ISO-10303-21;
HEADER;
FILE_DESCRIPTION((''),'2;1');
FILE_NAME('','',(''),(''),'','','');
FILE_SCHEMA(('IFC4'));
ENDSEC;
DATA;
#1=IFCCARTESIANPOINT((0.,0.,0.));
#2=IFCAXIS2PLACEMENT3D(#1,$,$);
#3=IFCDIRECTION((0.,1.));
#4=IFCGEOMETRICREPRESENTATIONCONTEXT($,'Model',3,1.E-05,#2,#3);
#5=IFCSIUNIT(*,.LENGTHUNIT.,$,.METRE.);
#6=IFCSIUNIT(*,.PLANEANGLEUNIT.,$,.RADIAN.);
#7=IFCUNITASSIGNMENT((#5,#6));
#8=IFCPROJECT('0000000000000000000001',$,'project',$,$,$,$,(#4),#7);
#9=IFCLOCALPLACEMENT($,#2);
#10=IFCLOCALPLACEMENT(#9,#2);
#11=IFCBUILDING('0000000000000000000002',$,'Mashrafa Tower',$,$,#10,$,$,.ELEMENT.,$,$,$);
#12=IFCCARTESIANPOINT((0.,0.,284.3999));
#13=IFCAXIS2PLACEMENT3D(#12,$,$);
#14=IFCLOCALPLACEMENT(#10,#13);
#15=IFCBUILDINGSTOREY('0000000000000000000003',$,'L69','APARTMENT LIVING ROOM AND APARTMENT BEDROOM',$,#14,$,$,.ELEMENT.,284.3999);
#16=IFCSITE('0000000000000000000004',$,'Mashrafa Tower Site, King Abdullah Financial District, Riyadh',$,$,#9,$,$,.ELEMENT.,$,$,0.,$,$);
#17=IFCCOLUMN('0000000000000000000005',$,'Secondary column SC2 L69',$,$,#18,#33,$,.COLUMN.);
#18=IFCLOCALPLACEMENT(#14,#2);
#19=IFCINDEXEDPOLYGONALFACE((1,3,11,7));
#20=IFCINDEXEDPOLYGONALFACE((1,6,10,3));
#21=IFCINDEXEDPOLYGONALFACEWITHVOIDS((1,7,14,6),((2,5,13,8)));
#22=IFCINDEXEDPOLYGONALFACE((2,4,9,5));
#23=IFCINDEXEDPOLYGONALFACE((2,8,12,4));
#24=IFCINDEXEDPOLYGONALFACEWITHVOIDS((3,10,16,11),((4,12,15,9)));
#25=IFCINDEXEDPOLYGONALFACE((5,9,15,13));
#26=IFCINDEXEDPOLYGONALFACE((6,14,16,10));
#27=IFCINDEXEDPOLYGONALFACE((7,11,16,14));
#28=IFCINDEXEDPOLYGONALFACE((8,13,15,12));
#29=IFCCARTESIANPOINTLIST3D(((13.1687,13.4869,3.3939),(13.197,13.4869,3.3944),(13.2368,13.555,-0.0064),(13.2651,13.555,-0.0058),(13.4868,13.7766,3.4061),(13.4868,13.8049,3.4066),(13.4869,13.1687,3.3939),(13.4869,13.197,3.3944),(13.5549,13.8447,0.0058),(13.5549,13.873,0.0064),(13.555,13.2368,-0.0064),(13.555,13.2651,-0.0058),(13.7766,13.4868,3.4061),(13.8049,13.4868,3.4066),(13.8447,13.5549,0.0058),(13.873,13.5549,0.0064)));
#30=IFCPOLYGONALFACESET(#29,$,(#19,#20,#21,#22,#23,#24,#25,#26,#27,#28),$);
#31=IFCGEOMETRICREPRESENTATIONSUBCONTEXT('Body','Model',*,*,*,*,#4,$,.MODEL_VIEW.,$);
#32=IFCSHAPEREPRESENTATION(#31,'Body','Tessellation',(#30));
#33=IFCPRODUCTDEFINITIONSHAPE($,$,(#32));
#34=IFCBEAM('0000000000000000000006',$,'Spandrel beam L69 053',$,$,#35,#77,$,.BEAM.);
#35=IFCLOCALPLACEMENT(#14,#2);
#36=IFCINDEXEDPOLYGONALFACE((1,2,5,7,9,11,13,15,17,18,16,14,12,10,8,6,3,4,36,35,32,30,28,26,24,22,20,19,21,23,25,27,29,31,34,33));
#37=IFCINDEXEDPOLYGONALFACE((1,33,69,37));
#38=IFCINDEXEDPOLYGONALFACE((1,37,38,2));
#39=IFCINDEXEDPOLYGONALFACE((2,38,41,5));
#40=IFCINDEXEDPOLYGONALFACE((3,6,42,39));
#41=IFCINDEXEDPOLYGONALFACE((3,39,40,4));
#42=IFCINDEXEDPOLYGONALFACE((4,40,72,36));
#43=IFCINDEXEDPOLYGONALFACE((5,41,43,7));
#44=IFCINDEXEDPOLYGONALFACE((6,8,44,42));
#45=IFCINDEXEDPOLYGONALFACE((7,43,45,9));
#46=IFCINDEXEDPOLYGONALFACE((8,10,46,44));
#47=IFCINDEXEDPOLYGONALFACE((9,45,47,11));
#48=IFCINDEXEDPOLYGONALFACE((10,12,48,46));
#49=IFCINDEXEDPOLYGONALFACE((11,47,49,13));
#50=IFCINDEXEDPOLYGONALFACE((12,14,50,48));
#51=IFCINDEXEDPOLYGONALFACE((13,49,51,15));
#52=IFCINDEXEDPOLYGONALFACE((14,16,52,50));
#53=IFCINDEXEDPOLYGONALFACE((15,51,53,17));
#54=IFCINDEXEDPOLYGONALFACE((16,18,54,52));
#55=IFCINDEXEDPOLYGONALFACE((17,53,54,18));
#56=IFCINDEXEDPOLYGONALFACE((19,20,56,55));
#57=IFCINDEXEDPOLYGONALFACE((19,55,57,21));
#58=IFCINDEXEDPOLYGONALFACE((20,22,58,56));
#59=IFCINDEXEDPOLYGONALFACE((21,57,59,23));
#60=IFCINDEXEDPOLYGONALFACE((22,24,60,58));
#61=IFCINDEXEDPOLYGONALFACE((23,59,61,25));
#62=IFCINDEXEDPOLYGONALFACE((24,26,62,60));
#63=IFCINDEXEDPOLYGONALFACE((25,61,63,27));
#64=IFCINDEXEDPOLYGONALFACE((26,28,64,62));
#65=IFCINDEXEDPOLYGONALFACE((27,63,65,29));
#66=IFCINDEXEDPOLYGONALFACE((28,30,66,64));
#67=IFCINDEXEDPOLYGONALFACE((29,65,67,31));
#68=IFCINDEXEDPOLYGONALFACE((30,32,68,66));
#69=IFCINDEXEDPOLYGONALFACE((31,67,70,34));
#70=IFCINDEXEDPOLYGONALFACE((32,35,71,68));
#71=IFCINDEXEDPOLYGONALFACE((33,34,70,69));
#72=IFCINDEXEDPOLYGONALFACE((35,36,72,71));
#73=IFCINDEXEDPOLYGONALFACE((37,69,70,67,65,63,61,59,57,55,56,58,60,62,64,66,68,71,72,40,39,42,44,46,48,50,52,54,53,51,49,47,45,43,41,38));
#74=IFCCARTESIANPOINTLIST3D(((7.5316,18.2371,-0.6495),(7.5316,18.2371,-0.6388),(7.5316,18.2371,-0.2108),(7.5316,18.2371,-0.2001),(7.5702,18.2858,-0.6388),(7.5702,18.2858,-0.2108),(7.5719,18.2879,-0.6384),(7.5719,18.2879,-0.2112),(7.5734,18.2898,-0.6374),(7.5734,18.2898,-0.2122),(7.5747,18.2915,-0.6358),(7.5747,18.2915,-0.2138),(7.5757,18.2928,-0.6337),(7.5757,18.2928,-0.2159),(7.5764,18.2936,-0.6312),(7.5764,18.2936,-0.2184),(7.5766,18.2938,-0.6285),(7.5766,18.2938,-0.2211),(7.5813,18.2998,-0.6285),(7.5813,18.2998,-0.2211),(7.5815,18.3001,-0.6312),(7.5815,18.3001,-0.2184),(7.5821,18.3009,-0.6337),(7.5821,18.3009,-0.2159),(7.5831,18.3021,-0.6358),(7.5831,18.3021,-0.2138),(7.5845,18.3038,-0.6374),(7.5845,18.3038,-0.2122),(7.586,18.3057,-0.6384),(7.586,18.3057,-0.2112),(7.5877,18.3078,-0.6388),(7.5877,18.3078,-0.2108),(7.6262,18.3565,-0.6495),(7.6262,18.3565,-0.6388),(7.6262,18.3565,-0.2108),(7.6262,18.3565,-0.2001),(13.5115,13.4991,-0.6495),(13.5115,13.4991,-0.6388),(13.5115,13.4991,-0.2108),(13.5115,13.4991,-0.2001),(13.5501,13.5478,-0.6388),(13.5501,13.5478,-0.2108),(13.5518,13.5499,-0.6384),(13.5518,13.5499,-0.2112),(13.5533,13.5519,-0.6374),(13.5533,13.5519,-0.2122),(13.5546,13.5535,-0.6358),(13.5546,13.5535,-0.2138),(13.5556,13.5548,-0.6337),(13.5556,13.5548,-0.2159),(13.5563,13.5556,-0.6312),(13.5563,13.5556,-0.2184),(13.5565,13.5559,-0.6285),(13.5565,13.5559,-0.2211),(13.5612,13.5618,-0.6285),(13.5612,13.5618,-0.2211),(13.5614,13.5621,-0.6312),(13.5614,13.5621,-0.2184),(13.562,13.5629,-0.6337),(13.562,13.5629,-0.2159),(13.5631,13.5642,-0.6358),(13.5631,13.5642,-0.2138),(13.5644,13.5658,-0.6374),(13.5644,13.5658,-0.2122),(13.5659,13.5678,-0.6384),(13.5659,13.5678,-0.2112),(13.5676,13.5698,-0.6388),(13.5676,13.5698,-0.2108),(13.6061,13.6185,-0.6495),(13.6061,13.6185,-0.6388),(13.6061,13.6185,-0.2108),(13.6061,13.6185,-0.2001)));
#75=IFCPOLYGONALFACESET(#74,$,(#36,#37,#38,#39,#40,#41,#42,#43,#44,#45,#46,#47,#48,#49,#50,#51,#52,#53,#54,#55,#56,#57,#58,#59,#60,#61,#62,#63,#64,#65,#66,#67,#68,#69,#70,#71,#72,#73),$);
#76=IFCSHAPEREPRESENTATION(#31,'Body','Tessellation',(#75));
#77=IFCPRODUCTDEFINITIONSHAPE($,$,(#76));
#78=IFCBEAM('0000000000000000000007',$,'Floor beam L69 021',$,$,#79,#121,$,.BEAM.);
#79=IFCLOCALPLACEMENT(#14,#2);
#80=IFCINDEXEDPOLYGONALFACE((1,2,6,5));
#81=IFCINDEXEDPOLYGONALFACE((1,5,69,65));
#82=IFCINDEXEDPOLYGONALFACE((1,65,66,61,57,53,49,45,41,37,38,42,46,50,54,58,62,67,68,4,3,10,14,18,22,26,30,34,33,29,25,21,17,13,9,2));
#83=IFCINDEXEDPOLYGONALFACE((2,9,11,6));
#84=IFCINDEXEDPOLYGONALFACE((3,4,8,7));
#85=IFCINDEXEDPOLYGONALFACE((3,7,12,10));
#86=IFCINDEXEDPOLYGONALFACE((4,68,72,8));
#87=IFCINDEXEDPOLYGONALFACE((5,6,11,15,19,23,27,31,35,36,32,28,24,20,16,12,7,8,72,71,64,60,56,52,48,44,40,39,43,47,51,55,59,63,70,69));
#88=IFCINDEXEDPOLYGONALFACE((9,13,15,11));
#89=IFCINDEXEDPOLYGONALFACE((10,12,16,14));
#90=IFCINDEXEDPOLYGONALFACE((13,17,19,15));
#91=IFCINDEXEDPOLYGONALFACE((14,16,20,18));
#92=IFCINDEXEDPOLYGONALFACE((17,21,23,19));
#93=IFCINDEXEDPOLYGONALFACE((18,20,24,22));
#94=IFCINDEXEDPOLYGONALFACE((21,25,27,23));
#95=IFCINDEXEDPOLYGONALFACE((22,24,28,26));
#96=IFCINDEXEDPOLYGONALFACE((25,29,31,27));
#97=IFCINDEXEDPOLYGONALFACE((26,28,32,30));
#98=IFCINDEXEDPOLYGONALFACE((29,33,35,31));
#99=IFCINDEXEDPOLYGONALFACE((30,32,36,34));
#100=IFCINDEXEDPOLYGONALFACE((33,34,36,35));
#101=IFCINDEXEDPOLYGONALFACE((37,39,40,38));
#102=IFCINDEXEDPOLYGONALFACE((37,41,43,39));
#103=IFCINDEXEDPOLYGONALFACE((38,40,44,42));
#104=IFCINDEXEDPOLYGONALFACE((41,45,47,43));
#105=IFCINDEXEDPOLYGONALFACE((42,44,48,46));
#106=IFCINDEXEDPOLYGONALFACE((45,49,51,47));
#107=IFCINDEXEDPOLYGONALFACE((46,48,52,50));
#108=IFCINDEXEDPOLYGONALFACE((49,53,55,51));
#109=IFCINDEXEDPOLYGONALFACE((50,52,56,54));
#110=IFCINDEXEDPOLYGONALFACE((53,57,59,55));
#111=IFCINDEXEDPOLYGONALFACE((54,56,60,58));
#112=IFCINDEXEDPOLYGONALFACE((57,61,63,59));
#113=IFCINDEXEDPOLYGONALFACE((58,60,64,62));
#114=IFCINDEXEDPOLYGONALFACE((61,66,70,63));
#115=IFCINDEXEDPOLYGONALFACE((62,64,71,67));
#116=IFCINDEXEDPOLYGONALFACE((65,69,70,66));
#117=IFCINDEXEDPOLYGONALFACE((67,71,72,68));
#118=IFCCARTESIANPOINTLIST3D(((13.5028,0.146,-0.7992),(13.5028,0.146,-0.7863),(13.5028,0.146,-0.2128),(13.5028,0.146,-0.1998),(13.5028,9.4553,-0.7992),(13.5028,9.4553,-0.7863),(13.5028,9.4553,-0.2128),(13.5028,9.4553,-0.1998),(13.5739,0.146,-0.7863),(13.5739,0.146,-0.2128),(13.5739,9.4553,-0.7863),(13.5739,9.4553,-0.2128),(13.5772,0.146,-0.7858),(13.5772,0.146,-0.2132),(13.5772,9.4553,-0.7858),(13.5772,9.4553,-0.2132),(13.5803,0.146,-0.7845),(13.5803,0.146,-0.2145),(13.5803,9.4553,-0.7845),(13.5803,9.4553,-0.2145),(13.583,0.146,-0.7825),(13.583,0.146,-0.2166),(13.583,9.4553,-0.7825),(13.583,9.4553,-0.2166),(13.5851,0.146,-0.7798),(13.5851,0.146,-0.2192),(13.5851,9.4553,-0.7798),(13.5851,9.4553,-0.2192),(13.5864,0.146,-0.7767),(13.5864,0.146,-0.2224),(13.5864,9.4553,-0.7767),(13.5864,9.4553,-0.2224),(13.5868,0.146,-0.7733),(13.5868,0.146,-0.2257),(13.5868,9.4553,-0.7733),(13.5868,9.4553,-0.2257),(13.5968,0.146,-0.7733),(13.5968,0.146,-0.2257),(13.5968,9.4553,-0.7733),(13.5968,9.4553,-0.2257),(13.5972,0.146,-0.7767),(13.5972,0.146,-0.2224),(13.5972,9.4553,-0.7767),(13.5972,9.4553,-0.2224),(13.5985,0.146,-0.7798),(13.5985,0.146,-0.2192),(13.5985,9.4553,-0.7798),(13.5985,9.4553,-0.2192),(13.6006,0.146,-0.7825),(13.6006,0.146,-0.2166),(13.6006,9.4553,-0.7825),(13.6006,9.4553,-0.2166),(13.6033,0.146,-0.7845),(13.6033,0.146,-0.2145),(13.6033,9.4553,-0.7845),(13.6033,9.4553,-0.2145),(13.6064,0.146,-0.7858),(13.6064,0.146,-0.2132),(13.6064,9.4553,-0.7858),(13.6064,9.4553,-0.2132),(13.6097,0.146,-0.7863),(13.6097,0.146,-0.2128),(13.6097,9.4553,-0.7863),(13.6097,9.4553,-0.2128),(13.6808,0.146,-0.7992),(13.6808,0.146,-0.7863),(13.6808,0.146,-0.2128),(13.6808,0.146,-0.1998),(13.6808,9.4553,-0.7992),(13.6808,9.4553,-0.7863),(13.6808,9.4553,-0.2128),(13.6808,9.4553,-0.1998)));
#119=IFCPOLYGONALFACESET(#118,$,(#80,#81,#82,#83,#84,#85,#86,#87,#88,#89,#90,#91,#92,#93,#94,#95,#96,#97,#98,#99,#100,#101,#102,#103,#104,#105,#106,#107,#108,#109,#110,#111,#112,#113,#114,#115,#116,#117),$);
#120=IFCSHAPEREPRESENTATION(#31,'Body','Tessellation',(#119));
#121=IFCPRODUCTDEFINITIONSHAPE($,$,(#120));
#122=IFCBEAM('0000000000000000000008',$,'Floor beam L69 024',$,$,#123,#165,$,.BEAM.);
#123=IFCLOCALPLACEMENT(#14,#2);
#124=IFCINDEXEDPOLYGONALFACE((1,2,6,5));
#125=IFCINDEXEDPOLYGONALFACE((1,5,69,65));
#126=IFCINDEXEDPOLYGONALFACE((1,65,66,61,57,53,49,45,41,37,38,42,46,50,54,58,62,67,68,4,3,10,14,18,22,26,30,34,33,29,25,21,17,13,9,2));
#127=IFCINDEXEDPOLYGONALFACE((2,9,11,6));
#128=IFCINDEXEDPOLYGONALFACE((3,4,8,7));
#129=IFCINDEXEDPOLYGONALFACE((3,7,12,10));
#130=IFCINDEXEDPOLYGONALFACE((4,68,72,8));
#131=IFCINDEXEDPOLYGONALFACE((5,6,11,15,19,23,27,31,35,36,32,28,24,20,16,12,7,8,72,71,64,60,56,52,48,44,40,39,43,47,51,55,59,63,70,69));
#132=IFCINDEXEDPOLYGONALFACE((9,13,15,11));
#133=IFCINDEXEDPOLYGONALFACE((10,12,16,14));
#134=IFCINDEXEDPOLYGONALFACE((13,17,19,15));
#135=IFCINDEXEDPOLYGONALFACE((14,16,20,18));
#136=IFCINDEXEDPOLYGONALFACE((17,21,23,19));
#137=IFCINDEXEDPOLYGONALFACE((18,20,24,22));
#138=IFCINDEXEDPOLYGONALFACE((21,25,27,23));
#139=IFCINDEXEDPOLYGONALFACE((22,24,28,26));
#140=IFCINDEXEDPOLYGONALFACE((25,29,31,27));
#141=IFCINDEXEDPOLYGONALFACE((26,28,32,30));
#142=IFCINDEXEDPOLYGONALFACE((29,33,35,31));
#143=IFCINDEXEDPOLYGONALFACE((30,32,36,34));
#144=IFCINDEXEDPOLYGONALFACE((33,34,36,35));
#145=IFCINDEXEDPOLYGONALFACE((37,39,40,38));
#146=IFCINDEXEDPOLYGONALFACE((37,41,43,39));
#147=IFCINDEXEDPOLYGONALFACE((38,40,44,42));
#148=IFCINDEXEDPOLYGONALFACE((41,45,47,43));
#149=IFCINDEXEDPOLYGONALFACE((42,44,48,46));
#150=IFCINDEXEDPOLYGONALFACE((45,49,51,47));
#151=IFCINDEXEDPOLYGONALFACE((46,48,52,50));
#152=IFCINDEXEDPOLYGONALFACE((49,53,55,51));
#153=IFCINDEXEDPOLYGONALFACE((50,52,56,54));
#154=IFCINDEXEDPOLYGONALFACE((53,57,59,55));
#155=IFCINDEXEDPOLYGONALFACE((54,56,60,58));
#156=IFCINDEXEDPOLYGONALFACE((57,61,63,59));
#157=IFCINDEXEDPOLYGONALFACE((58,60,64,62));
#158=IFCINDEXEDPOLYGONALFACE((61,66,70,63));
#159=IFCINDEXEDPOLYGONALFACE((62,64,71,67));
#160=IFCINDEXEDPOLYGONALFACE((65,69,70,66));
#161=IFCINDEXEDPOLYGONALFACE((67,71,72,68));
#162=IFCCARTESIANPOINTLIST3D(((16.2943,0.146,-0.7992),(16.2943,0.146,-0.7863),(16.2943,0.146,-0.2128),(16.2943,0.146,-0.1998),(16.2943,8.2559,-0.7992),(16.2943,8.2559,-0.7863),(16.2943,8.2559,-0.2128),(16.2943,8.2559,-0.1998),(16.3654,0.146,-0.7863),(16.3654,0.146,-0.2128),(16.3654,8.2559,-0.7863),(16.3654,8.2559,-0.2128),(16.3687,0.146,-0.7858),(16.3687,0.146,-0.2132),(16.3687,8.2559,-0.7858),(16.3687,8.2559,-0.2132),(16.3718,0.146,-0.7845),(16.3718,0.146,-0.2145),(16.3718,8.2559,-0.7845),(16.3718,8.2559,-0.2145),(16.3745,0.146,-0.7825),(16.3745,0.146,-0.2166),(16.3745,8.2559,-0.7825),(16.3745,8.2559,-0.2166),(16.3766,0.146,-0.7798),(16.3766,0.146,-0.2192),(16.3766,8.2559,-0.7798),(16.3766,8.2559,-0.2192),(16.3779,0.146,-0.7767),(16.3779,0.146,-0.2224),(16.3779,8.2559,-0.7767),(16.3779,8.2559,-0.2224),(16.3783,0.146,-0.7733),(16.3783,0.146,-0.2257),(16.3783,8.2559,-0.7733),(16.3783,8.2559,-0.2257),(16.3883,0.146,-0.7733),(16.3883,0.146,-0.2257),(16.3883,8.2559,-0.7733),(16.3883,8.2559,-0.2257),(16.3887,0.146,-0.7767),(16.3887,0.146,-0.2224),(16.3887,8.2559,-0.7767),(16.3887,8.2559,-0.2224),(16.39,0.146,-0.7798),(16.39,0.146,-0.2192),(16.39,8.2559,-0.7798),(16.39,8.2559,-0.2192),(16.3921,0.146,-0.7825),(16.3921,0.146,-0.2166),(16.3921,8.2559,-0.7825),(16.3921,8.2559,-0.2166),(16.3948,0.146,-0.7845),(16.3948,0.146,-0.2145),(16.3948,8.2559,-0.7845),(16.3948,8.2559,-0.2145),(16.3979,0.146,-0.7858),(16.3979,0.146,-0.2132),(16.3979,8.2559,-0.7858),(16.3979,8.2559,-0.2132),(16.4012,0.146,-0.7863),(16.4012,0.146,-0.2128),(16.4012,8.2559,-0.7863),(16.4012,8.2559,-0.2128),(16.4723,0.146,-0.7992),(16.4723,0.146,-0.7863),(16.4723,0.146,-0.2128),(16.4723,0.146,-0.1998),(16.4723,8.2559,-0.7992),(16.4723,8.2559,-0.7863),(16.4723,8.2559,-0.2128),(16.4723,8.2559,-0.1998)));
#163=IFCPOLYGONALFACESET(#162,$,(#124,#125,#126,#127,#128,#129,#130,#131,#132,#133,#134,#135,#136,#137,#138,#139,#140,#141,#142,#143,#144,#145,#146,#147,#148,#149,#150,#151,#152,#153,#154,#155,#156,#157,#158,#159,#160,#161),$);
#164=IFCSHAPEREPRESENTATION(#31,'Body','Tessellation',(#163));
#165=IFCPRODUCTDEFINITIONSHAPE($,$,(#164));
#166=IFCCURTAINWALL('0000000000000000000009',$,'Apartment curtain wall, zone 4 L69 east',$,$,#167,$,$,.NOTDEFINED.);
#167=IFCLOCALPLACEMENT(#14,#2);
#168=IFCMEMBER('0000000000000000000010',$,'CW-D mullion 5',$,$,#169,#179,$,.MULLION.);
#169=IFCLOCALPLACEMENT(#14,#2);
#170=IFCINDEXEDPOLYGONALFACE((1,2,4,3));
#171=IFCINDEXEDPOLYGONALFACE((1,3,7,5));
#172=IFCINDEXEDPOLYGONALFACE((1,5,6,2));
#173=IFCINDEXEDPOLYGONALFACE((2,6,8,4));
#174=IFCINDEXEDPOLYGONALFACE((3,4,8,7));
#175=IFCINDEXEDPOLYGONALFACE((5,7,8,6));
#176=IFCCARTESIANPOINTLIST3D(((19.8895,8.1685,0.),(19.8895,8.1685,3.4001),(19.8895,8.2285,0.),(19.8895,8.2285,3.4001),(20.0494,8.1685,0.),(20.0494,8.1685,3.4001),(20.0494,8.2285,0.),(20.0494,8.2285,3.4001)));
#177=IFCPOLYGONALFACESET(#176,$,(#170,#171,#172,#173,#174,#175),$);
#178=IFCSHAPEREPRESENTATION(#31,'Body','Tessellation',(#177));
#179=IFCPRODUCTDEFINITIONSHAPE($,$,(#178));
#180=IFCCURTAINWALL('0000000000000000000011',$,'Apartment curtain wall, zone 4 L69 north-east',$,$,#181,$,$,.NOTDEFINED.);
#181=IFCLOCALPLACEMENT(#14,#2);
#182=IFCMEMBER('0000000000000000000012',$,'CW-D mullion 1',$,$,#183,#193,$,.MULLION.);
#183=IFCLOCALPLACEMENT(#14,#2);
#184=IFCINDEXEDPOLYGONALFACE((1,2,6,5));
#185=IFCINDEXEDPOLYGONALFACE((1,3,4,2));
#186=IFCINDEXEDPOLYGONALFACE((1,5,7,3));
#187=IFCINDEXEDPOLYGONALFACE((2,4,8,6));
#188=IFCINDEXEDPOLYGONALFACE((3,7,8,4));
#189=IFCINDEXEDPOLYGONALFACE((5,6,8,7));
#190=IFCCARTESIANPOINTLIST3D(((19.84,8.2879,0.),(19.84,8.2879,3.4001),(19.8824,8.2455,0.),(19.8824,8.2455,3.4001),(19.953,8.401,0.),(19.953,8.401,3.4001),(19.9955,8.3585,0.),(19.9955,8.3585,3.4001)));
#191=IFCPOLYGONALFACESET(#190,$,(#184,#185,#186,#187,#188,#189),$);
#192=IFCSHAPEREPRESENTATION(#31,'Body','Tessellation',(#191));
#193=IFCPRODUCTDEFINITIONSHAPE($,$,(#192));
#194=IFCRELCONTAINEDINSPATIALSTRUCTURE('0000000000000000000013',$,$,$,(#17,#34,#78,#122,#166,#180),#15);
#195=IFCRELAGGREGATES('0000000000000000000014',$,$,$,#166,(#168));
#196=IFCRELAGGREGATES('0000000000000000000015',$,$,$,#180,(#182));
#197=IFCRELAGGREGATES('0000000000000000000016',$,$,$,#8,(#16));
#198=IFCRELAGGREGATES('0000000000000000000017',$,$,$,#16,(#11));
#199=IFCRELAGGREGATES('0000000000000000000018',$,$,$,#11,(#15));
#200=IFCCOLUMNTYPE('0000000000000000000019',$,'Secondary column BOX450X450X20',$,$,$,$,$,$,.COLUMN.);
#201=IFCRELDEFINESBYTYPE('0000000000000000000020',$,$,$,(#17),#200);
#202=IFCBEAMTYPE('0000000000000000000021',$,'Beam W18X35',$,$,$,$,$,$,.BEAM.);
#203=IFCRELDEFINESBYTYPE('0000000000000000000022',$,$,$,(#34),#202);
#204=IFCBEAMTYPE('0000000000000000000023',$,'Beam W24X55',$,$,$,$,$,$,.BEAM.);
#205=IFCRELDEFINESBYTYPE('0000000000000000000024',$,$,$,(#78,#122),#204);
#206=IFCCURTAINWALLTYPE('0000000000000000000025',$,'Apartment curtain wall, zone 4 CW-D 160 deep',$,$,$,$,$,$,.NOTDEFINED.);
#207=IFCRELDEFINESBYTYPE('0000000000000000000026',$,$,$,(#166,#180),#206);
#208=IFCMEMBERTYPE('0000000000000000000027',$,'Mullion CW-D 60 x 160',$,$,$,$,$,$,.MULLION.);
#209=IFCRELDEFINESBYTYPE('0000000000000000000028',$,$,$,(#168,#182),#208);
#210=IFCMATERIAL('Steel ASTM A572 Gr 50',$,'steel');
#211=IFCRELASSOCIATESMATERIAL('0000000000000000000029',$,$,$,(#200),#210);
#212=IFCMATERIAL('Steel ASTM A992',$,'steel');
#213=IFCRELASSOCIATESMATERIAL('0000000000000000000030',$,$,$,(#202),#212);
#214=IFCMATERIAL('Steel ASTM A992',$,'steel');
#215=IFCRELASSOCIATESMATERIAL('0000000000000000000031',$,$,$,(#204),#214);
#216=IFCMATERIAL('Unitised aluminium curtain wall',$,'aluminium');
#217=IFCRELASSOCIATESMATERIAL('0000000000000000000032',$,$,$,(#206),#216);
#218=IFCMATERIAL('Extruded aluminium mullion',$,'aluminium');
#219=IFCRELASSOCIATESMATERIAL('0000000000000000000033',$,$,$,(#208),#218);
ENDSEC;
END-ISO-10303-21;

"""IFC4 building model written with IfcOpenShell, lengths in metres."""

from ifc_helpers import new_model, si_unit, direction, frame, origin, origin_2d, place, context, subcontext, project, spatial, rectangle, hollow_rectangle, i_section, extrude, source, transform, mapped, material, material_profile, profile_set, type_object, type_shapes, element, aggregate, save


model = new_model("IFC4")

# Units and contexts
model_context = context("Model", 3, precision=1e-05, world=origin(), true_north=direction((0.0, 1.0)))
body_context = subcontext(model_context, "Body", "Model", "MODEL_VIEW")
ifc_project = project(units=[si_unit("LENGTHUNIT", "METRE"), si_unit("PLANEANGLEUNIT", "RADIAN")], contexts=[model_context])

# Site, building, storey
site_placement = place(None, origin())
site = spatial("IfcSite", under=ifc_project, at=site_placement, Name="Mashrafa Tower Site, King Abdullah Financial District, Riyadh", CompositionType="ELEMENT", RefElevation=0.0)
building_placement = place(site_placement, origin())
building = spatial("IfcBuilding", under=site, at=building_placement, Name="Mashrafa Tower", CompositionType="ELEMENT")
storey_placement = place(building_placement, frame((0.0, 0.0, 284.3999)))
storey = spatial("IfcBuildingStorey", under=building, at=storey_placement, Name="L69", Description="APARTMENT LIVING ROOM AND APARTMENT BEDROOM", CompositionType="ELEMENT", Elevation=284.3999)

# Column
ifc_material_1 = material(Name="Steel ASTM A572 Gr 50", Category="steel")
ifc_material_profile_1 = material_profile(ifc_material_1, hollow_rectangle(XDim=0.45, YDim=0.45, WallThickness=0.02, at=origin_2d()), Name="BOX450X450X20")
ifc_profile_set_1 = profile_set([ifc_material_profile_1], Name="Steel ASTM A572 Gr 50")
column_type = type_object("IfcColumnType", Name="Secondary column BOX450X450X20", PredefinedType="COLUMN", material=ifc_profile_set_1)
column_placement = place(storey_placement, frame((13.5549, 13.5549, 0.0), z_axis=(-0.020025, -0.020025, 0.999599), x_axis=(0.707107, -0.707107, 0.0)))
element("IfcColumn", 1, at=column_placement, inside=storey, type_object=column_type, Name="Secondary column SC2 L69", PredefinedType="COLUMN", context=body_context, shape_type="SweptSolid", body=[
    extrude(hollow_rectangle(XDim=0.45, YDim=0.45, WallThickness=0.02, at=origin_2d()), origin(), (0.0, 0.0, 1.0), 3.4016),
])

# Beams
ifc_material_2 = material(Name="Steel ASTM A992", Category="steel")
ifc_material_profile_2 = material_profile(ifc_material_2, i_section(OverallWidth=0.1523, OverallDepth=0.4495, WebThickness=0.0076, FlangeThickness=0.0107, FilletRadius=0.0103, at=origin_2d()), Name="W18X35")
ifc_profile_set_2 = profile_set([ifc_material_profile_2], Name="Steel ASTM A992")
beam_type_1 = type_object("IfcBeamType", Name="Beam W18X35", PredefinedType="BEAM", material=ifc_profile_set_2)
beam_1_placement = place(storey_placement, frame((13.5588, 13.5588, -0.4248), z_axis=(-0.783798, 0.621016, 0.0), x_axis=(-0.621016, -0.783798, 0.0)))
element("IfcBeam", 2, at=beam_1_placement, inside=storey, type_object=beam_type_1, Name="Spandrel beam L69 053", PredefinedType="BEAM", context=body_context, shape_type="SweptSolid", body=[
    extrude(i_section(OverallWidth=0.1523, OverallDepth=0.4495, WebThickness=0.0076, FlangeThickness=0.0107, FilletRadius=0.0103, at=origin_2d()), origin(), (0.0, 0.0, 1.0), 7.6294),
])
ifc_material_3 = material(Name="Steel ASTM A992", Category="steel")
ifc_material_profile_3 = material_profile(ifc_material_3, i_section(OverallWidth=0.178, OverallDepth=0.5994, WebThickness=0.01, FlangeThickness=0.0129, FilletRadius=0.0129, at=origin_2d()), Name="W24X55")
ifc_profile_set_3 = profile_set([ifc_material_profile_3], Name="Steel ASTM A992")
beam_type_2 = type_object("IfcBeamType", Name="Beam W24X55", PredefinedType="BEAM", material=ifc_profile_set_3)
beam_2_placement = place(storey_placement, frame((13.5918, 9.4553, -0.4995), z_axis=(0.0, -1.0, 0.0), x_axis=(1.0, 0.0, 0.0)))
element("IfcBeam", 3, at=beam_2_placement, inside=storey, type_object=beam_type_2, Name="Floor beam L69 021", PredefinedType="BEAM", context=body_context, shape_type="SweptSolid", body=[
    extrude(i_section(OverallWidth=0.178, OverallDepth=0.5994, WebThickness=0.01, FlangeThickness=0.0129, FilletRadius=0.0129, at=origin_2d()), origin(), (0.0, 0.0, 1.0), 9.3093),
])
beam_3_placement = place(storey_placement, frame((16.3833, 8.2559, -0.4995), z_axis=(0.0, -1.0, 0.0), x_axis=(1.0, 0.0, 0.0)))
element("IfcBeam", 4, at=beam_3_placement, inside=storey, type_object=beam_type_2, Name="Floor beam L69 024", PredefinedType="BEAM", context=body_context, shape_type="SweptSolid", body=[
    extrude(i_section(OverallWidth=0.178, OverallDepth=0.5994, WebThickness=0.01, FlangeThickness=0.0129, FilletRadius=0.0129, at=origin_2d()), origin(), (0.0, 0.0, 1.0), 8.1099),
])

# Curtain wall, member
ifc_material_4 = material(Name="Unitised aluminium curtain wall", Category="aluminium")
curtain_wall_type = type_object("IfcCurtainWallType", Name="Apartment curtain wall, zone 4 CW-D 160 deep", PredefinedType="NOTDEFINED", material=ifc_material_4)
curtain_wall_1_placement = place(storey_placement, origin())
curtain_wall_1 = element("IfcCurtainWall", 5, at=curtain_wall_1_placement, inside=storey, type_object=curtain_wall_type, Name="Apartment curtain wall, zone 4 L69 east", PredefinedType="NOTDEFINED")
ifc_material_5 = material(Name="Extruded aluminium mullion", Category="aluminium")
ifc_material_profile_4 = material_profile(ifc_material_5, rectangle(XDim=0.1599, YDim=0.0601, at=origin_2d()), Name="Mullion 60x160")
ifc_profile_set_4 = profile_set([ifc_material_profile_4], Name="Extruded aluminium mullion")
member_type_1 = type_object("IfcMemberType", Name="Mullion CW-D 60 x 160", PredefinedType="MULLION", material=ifc_profile_set_4)
shared_shape_1 = source(origin(), body_context, "Body", "SweptSolid", [
    extrude(rectangle(XDim=0.1599, YDim=0.0601, at=origin_2d()), origin(), (0.0, 0.0, 1.0), 3.4001),
])
type_shapes(member_type_1, [shared_shape_1])
member_1_placement = place(storey_placement, frame((19.9695, 8.1985, 0.0), z_axis=(0.0, 0.0, 1.0), x_axis=(-1.0, 0.0, 0.0)))
member_1 = element("IfcMember", 6, at=member_1_placement, type_object=member_type_1, Name="CW-D mullion 5", PredefinedType="MULLION", context=body_context, shape_type="MappedRepresentation", body=[
    mapped(shared_shape_1, transform((0.0, 0.0, 0.0))),
])
aggregate(curtain_wall_1, [member_1])

# Curtain wall, member
curtain_wall_2_placement = place(storey_placement, origin())
curtain_wall_2 = element("IfcCurtainWall", 7, at=curtain_wall_2_placement, inside=storey, type_object=curtain_wall_type, Name="Apartment curtain wall, zone 4 L69 north-east", PredefinedType="NOTDEFINED")
member_2_placement = place(storey_placement, frame((19.9177, 8.3232, 0.0), z_axis=(0.0, 0.0, 1.0), x_axis=(-0.707107, -0.707107, 0.0)))
member_2 = element("IfcMember", 8, at=member_2_placement, type_object=member_type_1, Name="CW-D mullion 1", PredefinedType="MULLION", context=body_context, shape_type="MappedRepresentation", body=[
    mapped(shared_shape_1, transform((0.0, 0.0, 0.0))),
])
aggregate(curtain_wall_2, [member_2])

save(model, "model.ifc")
